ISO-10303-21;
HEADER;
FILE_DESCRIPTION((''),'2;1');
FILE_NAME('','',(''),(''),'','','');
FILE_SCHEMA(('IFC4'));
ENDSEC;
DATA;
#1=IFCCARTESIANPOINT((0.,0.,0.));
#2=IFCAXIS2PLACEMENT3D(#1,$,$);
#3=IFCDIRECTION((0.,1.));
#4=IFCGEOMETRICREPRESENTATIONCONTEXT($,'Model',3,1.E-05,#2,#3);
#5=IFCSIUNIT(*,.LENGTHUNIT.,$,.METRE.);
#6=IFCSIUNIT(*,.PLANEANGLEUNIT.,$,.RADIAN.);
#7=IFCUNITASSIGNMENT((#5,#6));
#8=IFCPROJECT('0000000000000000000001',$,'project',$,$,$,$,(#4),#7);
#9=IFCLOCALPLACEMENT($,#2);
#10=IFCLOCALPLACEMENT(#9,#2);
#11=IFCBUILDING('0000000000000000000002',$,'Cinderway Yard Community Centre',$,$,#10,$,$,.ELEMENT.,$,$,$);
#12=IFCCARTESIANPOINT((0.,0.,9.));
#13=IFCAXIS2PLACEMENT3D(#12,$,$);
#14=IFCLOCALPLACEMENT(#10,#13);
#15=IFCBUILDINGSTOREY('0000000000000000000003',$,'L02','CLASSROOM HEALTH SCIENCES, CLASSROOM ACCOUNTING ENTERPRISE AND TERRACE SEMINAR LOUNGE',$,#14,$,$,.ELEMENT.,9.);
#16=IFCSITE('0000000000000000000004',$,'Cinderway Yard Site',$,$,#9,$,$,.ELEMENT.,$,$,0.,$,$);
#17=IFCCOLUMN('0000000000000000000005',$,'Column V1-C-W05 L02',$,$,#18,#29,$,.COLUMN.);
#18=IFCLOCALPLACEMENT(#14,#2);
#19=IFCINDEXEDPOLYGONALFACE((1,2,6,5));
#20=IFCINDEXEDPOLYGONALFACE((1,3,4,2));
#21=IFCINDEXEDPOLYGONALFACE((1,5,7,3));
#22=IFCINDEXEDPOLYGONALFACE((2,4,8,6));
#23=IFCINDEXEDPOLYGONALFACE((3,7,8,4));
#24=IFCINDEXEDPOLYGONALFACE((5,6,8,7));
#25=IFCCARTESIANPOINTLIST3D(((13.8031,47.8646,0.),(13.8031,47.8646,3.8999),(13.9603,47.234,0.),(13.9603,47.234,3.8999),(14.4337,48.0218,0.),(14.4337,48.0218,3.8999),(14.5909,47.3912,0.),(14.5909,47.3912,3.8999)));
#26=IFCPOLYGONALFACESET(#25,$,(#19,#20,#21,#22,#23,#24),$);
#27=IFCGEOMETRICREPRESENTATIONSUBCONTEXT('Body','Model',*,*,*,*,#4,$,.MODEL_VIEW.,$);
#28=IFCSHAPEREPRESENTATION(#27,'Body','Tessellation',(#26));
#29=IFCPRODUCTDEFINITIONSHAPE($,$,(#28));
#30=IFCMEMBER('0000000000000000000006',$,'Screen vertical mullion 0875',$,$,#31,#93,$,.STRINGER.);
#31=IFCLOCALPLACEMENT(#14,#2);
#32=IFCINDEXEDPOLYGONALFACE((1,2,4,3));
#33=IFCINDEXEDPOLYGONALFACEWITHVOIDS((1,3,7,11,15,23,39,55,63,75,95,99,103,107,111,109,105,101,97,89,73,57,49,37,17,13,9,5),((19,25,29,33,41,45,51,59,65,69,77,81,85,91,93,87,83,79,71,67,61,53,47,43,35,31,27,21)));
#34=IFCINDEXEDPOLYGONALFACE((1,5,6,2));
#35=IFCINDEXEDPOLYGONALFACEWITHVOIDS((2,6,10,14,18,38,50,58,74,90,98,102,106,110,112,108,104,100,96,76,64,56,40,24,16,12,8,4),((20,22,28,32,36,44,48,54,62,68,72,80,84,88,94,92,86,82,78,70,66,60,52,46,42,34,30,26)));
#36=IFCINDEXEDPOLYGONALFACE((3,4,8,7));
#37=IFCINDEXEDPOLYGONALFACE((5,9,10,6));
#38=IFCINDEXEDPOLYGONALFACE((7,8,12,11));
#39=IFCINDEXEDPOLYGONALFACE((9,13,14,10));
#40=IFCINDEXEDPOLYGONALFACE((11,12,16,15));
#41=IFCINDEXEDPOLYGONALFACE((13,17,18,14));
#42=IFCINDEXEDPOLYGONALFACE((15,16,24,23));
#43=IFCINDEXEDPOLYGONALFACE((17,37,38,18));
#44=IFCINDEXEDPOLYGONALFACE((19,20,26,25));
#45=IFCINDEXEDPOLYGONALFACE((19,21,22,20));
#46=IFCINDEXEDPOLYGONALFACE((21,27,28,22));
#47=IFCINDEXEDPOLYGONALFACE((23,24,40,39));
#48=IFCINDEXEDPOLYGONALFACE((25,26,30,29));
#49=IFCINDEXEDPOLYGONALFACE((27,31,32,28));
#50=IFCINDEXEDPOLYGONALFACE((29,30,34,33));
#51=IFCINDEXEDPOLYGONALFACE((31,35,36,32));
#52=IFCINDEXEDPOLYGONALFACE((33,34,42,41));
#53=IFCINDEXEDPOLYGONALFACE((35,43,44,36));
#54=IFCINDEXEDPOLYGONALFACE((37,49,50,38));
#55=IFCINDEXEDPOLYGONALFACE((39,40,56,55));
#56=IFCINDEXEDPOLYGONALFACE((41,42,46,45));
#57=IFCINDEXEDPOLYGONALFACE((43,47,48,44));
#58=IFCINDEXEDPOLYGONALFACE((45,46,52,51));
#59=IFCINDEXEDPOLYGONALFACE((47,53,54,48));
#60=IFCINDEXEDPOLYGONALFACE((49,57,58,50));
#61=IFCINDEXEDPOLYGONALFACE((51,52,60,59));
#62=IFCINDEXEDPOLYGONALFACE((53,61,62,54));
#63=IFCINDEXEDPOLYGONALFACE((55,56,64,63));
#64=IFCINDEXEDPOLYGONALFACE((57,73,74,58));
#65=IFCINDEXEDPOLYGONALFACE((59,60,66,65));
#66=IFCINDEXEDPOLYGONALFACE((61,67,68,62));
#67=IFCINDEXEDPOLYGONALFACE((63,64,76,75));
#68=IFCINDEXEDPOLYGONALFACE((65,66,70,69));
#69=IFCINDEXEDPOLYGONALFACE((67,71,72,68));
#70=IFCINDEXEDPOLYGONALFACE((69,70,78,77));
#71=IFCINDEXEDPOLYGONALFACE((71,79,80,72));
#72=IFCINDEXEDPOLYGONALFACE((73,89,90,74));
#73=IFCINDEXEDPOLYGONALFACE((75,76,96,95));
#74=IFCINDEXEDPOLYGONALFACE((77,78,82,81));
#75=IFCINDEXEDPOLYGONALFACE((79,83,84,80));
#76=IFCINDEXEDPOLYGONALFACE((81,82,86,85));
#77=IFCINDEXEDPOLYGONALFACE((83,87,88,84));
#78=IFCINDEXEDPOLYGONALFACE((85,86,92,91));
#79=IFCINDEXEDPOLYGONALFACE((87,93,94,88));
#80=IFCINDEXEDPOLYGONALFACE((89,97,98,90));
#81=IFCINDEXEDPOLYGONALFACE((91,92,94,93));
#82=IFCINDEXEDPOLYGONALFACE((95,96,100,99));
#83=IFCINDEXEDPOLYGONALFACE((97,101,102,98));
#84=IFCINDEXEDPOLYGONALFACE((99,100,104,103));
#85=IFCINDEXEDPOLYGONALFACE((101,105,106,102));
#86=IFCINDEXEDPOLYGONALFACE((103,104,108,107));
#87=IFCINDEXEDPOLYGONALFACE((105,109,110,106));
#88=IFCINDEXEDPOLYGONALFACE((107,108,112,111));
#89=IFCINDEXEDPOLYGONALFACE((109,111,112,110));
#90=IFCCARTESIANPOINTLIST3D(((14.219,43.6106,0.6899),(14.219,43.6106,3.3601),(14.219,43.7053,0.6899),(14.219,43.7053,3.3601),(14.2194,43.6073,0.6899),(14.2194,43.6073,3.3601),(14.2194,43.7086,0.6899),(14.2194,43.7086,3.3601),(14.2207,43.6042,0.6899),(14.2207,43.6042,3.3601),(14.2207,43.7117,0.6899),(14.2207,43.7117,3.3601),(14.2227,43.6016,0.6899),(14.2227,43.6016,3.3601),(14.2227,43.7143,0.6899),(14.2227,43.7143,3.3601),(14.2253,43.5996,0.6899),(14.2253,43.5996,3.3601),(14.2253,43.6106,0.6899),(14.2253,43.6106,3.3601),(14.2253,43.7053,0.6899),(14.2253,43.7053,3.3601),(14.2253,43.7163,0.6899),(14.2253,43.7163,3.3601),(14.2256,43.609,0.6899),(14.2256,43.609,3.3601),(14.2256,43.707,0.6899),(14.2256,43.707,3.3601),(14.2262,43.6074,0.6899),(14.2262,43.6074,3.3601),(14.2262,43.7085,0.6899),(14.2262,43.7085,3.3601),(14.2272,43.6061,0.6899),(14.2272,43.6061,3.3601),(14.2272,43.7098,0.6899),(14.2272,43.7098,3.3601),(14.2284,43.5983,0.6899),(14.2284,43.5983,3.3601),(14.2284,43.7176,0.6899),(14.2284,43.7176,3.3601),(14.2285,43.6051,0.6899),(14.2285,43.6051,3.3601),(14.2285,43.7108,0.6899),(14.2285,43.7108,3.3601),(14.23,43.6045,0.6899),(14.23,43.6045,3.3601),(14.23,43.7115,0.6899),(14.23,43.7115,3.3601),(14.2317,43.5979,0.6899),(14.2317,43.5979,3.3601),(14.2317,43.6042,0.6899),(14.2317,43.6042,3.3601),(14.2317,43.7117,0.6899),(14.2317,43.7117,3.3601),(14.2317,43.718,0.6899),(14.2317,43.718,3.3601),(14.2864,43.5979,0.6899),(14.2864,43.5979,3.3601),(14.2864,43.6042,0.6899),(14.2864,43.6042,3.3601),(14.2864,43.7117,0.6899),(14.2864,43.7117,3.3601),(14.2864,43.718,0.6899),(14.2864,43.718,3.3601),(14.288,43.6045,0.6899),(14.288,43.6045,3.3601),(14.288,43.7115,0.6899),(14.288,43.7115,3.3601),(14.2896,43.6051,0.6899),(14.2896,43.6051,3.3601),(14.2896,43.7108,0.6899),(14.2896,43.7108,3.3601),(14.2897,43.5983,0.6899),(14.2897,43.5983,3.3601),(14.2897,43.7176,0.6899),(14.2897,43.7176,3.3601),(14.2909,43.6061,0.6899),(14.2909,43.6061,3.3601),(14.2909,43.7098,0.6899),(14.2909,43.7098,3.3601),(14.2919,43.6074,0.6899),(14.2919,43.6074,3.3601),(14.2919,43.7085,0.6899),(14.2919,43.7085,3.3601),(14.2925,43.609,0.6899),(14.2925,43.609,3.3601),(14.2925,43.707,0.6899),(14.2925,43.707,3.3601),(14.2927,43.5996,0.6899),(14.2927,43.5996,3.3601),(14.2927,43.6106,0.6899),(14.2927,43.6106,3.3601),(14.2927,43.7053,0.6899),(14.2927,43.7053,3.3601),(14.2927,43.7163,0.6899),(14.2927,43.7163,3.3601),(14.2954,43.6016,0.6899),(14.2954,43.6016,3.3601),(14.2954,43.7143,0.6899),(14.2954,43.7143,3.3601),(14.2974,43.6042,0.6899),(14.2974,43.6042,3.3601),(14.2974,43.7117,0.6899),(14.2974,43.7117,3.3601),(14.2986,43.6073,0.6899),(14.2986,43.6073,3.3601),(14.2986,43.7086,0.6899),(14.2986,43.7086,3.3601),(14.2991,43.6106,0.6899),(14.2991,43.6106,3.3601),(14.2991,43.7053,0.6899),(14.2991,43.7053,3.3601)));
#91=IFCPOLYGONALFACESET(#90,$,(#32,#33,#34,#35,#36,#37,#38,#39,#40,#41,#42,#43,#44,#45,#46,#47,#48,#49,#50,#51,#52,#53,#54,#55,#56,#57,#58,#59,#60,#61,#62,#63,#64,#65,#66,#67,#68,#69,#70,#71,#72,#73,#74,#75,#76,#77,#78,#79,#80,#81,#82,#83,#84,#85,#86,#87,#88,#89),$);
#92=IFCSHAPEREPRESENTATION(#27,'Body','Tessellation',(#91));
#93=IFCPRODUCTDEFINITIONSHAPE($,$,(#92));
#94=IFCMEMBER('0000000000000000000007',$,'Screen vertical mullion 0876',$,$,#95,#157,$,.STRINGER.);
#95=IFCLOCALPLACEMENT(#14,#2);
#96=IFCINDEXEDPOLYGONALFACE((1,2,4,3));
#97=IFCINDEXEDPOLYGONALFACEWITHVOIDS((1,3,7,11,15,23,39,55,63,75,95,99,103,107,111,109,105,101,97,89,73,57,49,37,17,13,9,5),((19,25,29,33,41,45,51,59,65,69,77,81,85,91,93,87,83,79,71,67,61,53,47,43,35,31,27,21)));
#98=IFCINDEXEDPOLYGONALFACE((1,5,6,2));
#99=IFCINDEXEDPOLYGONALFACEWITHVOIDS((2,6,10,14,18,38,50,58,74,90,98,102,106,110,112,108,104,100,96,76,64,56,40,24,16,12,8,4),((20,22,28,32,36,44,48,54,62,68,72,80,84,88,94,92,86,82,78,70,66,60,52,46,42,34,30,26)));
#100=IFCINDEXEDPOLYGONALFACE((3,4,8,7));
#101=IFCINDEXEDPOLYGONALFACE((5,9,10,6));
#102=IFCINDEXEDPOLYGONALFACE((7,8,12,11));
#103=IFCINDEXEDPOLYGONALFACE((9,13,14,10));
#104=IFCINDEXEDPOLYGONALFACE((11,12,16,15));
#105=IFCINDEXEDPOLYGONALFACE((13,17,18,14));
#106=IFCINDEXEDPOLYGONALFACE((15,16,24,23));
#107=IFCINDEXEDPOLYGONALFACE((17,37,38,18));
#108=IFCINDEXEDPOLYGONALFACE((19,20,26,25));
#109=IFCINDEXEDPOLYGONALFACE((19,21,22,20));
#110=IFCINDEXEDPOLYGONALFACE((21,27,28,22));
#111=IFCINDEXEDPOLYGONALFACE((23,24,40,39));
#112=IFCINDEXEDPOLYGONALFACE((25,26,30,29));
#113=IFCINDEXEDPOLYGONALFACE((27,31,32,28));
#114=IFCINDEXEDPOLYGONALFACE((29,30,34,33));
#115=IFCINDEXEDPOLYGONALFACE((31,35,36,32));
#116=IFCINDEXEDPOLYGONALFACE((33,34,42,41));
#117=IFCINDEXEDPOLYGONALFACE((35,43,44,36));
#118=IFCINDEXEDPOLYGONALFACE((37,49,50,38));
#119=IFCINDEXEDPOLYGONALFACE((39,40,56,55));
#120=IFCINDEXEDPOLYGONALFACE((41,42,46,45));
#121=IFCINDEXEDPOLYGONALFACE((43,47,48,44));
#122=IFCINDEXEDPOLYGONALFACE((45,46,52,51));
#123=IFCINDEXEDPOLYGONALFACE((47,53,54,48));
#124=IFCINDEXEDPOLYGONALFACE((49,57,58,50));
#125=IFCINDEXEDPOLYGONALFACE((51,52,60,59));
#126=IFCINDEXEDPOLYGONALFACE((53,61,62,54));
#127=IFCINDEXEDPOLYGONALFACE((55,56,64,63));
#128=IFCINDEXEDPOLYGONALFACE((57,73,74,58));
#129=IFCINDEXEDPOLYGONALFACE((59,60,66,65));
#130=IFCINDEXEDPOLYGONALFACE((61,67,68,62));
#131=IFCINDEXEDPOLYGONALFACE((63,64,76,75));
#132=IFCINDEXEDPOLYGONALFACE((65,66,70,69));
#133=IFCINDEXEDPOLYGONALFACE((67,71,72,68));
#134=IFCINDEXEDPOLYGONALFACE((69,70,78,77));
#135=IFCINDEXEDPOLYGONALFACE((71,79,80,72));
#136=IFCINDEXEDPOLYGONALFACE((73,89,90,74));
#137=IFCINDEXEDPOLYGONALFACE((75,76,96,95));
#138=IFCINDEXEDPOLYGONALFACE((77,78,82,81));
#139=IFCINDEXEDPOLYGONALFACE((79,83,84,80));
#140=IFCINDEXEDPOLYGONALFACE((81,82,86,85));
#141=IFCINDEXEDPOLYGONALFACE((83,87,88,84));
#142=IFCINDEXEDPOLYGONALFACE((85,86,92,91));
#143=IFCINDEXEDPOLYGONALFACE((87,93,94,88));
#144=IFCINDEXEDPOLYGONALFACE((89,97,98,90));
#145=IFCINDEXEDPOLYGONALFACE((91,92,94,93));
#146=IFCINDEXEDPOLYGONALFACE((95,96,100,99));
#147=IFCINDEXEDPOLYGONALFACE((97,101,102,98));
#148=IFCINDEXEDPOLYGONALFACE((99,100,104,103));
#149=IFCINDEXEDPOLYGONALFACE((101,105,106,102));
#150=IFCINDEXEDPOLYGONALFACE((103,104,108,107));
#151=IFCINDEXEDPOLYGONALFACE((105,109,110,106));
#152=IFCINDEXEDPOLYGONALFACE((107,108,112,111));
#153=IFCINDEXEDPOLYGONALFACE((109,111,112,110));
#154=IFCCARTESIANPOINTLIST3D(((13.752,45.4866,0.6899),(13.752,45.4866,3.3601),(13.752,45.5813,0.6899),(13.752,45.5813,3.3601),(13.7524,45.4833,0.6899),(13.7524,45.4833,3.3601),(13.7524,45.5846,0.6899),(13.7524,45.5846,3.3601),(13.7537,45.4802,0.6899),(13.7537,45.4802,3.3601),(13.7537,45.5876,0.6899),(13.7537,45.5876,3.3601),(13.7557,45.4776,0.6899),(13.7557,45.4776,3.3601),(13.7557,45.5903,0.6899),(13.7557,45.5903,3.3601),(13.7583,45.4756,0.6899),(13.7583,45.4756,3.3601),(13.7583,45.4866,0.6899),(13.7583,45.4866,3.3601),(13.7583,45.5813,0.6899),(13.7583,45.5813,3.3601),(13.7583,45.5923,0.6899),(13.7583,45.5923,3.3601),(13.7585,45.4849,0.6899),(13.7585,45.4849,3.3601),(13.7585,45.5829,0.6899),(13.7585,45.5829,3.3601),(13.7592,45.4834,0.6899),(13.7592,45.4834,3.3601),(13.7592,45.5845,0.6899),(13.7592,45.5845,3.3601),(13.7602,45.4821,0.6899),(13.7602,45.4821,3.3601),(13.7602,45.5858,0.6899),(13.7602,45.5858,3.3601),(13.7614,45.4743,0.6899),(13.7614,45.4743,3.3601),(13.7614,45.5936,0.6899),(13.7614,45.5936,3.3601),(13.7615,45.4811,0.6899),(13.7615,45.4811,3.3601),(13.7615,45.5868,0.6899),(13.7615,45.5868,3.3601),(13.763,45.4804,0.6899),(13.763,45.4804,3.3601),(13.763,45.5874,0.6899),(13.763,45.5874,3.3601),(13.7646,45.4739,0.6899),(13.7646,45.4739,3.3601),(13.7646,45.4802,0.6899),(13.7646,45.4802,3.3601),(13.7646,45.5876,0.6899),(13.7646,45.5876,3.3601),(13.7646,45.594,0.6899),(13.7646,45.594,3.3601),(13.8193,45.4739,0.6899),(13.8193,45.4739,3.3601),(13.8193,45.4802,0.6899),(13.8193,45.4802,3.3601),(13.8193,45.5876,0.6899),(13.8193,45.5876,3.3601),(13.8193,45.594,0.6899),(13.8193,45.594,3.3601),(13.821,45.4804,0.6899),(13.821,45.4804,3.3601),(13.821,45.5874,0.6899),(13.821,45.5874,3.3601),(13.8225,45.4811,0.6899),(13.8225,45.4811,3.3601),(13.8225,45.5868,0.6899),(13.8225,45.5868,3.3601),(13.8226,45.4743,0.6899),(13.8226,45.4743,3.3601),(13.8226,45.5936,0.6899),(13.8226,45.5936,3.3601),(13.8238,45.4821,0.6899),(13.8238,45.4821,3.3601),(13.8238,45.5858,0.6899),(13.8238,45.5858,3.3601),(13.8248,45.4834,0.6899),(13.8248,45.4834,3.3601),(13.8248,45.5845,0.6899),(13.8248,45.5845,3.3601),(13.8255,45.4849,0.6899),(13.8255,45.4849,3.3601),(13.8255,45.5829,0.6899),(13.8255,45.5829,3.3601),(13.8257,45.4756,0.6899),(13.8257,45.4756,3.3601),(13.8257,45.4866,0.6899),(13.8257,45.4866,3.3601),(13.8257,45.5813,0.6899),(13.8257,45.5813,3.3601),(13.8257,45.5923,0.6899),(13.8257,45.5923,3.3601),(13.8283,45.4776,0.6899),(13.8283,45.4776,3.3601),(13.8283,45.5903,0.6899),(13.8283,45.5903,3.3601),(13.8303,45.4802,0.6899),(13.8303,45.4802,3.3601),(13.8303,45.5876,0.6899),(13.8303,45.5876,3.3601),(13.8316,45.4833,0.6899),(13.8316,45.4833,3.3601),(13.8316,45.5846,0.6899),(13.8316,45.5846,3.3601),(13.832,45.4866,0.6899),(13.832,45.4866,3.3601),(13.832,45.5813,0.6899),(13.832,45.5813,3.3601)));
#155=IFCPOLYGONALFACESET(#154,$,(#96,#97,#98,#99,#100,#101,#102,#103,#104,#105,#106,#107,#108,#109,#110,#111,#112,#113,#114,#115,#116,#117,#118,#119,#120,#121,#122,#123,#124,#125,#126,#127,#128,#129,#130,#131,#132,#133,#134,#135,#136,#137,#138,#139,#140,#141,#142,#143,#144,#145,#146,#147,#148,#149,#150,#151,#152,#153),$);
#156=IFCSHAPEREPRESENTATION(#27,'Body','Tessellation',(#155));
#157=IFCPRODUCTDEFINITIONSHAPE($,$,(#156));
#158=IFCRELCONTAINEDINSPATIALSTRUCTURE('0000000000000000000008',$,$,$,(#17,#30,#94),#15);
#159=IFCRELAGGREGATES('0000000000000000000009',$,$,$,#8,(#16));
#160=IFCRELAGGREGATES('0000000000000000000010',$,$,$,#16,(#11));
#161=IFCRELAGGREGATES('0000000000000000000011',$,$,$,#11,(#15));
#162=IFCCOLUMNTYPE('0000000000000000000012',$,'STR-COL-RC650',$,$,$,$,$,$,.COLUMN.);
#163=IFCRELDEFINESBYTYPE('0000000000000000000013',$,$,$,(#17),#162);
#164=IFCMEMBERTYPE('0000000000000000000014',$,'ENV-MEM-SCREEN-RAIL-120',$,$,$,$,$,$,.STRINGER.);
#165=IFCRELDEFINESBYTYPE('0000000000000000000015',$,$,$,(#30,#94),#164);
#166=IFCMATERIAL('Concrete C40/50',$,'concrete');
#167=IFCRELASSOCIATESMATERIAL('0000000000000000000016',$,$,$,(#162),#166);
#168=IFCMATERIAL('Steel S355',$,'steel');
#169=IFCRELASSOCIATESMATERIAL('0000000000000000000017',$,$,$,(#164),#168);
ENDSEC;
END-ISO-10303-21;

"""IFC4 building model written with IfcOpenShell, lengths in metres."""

from ifc_helpers import new_model, si_unit, direction, frame, origin, origin_2d, place, context, subcontext, project, spatial, rectangle, hollow_rectangle, extrude, material, material_profile, profile_set, type_object, element, save


model = new_model("IFC4")

# Units and contexts
model_context = context("Model", 3, precision=1e-05, world=origin(), true_north=direction((0.0, 1.0)))
body_context = subcontext(model_context, "Body", "Model", "MODEL_VIEW")
ifc_project = project(units=[si_unit("LENGTHUNIT", "METRE"), si_unit("PLANEANGLEUNIT", "RADIAN")], contexts=[model_context])

# Site, building, storey
site_placement = place(None, origin())
site = spatial("IfcSite", under=ifc_project, at=site_placement, Name="Cinderway Yard Site", CompositionType="ELEMENT", RefElevation=0.0)
building_placement = place(site_placement, origin())
building = spatial("IfcBuilding", under=site, at=building_placement, Name="Cinderway Yard Community Centre", CompositionType="ELEMENT")
storey_placement = place(building_placement, frame((0.0, 0.0, 9.0)))
storey = spatial("IfcBuildingStorey", under=building, at=storey_placement, Name="L02", Description="CLASSROOM HEALTH SCIENCES, CLASSROOM ACCOUNTING ENTERPRISE AND TERRACE SEMINAR LOUNGE", CompositionType="ELEMENT", Elevation=9.0)

# Column
ifc_material_1 = material(Name="Concrete C40/50", Category="concrete")
ifc_material_profile_1 = material_profile(ifc_material_1, rectangle(XDim=0.6499, YDim=0.6499, at=origin_2d()), Name="Concrete C40/50")
ifc_profile_set_1 = profile_set([ifc_material_profile_1], Name="Concrete C40/50")
column_type = type_object("IfcColumnType", Name="STR-COL-RC650", PredefinedType="COLUMN", material=ifc_profile_set_1)
column_placement = place(storey_placement, frame((14.197, 47.6279, 0.0), z_axis=(0.0, 0.0, 1.0), x_axis=(0.970296, 0.241922, 0.0)))
element("IfcColumn", 1, at=column_placement, inside=storey, type_object=column_type, Name="Column V1-C-W05 L02", PredefinedType="COLUMN", context=body_context, shape_type="SweptSolid", body=[
    extrude(rectangle(XDim=0.6499, YDim=0.6499, at=origin_2d()), origin(), (0.0, 0.0, 1.0), 3.8999),
])

# Members
ifc_material_2 = material(Name="Steel S355", Category="steel")
ifc_material_profile_2 = material_profile(ifc_material_2, hollow_rectangle(XDim=0.0801, YDim=0.1201, WallThickness=0.0063, InnerFilletRadius=0.0063, OuterFilletRadius=0.0127, at=origin_2d()), Name="Steel S355")
ifc_profile_set_2 = profile_set([ifc_material_profile_2], Name="Steel S355")
member_type_1 = type_object("IfcMemberType", Name="ENV-MEM-SCREEN-RAIL-120", PredefinedType="STRINGER", material=ifc_profile_set_2)
for number, where, z_axis, x_axis, name in (
    (2, (14.259, 43.658, 0.6899), (0.0, 0.0, 1.0), (1.0, 0.0, 0.0), "Screen vertical mullion 0875"),
    (3, (13.792, 45.5339, 0.6899), (0.0, 0.0, 1.0), (1.0, 0.0, 0.0), "Screen vertical mullion 0876"),
):
    element("IfcMember", number, at=place(storey_placement, frame(where, z_axis=z_axis, x_axis=x_axis)), inside=storey, type_object=member_type_1, Name=name, PredefinedType="STRINGER", context=body_context, shape_type="SweptSolid", body=[
        extrude(hollow_rectangle(XDim=0.0801, YDim=0.1201, WallThickness=0.0063, InnerFilletRadius=0.0063, OuterFilletRadius=0.0127, at=origin_2d()), origin(), (0.0, 0.0, 1.0), 2.6702),
    ])

save(model, "model.ifc")
